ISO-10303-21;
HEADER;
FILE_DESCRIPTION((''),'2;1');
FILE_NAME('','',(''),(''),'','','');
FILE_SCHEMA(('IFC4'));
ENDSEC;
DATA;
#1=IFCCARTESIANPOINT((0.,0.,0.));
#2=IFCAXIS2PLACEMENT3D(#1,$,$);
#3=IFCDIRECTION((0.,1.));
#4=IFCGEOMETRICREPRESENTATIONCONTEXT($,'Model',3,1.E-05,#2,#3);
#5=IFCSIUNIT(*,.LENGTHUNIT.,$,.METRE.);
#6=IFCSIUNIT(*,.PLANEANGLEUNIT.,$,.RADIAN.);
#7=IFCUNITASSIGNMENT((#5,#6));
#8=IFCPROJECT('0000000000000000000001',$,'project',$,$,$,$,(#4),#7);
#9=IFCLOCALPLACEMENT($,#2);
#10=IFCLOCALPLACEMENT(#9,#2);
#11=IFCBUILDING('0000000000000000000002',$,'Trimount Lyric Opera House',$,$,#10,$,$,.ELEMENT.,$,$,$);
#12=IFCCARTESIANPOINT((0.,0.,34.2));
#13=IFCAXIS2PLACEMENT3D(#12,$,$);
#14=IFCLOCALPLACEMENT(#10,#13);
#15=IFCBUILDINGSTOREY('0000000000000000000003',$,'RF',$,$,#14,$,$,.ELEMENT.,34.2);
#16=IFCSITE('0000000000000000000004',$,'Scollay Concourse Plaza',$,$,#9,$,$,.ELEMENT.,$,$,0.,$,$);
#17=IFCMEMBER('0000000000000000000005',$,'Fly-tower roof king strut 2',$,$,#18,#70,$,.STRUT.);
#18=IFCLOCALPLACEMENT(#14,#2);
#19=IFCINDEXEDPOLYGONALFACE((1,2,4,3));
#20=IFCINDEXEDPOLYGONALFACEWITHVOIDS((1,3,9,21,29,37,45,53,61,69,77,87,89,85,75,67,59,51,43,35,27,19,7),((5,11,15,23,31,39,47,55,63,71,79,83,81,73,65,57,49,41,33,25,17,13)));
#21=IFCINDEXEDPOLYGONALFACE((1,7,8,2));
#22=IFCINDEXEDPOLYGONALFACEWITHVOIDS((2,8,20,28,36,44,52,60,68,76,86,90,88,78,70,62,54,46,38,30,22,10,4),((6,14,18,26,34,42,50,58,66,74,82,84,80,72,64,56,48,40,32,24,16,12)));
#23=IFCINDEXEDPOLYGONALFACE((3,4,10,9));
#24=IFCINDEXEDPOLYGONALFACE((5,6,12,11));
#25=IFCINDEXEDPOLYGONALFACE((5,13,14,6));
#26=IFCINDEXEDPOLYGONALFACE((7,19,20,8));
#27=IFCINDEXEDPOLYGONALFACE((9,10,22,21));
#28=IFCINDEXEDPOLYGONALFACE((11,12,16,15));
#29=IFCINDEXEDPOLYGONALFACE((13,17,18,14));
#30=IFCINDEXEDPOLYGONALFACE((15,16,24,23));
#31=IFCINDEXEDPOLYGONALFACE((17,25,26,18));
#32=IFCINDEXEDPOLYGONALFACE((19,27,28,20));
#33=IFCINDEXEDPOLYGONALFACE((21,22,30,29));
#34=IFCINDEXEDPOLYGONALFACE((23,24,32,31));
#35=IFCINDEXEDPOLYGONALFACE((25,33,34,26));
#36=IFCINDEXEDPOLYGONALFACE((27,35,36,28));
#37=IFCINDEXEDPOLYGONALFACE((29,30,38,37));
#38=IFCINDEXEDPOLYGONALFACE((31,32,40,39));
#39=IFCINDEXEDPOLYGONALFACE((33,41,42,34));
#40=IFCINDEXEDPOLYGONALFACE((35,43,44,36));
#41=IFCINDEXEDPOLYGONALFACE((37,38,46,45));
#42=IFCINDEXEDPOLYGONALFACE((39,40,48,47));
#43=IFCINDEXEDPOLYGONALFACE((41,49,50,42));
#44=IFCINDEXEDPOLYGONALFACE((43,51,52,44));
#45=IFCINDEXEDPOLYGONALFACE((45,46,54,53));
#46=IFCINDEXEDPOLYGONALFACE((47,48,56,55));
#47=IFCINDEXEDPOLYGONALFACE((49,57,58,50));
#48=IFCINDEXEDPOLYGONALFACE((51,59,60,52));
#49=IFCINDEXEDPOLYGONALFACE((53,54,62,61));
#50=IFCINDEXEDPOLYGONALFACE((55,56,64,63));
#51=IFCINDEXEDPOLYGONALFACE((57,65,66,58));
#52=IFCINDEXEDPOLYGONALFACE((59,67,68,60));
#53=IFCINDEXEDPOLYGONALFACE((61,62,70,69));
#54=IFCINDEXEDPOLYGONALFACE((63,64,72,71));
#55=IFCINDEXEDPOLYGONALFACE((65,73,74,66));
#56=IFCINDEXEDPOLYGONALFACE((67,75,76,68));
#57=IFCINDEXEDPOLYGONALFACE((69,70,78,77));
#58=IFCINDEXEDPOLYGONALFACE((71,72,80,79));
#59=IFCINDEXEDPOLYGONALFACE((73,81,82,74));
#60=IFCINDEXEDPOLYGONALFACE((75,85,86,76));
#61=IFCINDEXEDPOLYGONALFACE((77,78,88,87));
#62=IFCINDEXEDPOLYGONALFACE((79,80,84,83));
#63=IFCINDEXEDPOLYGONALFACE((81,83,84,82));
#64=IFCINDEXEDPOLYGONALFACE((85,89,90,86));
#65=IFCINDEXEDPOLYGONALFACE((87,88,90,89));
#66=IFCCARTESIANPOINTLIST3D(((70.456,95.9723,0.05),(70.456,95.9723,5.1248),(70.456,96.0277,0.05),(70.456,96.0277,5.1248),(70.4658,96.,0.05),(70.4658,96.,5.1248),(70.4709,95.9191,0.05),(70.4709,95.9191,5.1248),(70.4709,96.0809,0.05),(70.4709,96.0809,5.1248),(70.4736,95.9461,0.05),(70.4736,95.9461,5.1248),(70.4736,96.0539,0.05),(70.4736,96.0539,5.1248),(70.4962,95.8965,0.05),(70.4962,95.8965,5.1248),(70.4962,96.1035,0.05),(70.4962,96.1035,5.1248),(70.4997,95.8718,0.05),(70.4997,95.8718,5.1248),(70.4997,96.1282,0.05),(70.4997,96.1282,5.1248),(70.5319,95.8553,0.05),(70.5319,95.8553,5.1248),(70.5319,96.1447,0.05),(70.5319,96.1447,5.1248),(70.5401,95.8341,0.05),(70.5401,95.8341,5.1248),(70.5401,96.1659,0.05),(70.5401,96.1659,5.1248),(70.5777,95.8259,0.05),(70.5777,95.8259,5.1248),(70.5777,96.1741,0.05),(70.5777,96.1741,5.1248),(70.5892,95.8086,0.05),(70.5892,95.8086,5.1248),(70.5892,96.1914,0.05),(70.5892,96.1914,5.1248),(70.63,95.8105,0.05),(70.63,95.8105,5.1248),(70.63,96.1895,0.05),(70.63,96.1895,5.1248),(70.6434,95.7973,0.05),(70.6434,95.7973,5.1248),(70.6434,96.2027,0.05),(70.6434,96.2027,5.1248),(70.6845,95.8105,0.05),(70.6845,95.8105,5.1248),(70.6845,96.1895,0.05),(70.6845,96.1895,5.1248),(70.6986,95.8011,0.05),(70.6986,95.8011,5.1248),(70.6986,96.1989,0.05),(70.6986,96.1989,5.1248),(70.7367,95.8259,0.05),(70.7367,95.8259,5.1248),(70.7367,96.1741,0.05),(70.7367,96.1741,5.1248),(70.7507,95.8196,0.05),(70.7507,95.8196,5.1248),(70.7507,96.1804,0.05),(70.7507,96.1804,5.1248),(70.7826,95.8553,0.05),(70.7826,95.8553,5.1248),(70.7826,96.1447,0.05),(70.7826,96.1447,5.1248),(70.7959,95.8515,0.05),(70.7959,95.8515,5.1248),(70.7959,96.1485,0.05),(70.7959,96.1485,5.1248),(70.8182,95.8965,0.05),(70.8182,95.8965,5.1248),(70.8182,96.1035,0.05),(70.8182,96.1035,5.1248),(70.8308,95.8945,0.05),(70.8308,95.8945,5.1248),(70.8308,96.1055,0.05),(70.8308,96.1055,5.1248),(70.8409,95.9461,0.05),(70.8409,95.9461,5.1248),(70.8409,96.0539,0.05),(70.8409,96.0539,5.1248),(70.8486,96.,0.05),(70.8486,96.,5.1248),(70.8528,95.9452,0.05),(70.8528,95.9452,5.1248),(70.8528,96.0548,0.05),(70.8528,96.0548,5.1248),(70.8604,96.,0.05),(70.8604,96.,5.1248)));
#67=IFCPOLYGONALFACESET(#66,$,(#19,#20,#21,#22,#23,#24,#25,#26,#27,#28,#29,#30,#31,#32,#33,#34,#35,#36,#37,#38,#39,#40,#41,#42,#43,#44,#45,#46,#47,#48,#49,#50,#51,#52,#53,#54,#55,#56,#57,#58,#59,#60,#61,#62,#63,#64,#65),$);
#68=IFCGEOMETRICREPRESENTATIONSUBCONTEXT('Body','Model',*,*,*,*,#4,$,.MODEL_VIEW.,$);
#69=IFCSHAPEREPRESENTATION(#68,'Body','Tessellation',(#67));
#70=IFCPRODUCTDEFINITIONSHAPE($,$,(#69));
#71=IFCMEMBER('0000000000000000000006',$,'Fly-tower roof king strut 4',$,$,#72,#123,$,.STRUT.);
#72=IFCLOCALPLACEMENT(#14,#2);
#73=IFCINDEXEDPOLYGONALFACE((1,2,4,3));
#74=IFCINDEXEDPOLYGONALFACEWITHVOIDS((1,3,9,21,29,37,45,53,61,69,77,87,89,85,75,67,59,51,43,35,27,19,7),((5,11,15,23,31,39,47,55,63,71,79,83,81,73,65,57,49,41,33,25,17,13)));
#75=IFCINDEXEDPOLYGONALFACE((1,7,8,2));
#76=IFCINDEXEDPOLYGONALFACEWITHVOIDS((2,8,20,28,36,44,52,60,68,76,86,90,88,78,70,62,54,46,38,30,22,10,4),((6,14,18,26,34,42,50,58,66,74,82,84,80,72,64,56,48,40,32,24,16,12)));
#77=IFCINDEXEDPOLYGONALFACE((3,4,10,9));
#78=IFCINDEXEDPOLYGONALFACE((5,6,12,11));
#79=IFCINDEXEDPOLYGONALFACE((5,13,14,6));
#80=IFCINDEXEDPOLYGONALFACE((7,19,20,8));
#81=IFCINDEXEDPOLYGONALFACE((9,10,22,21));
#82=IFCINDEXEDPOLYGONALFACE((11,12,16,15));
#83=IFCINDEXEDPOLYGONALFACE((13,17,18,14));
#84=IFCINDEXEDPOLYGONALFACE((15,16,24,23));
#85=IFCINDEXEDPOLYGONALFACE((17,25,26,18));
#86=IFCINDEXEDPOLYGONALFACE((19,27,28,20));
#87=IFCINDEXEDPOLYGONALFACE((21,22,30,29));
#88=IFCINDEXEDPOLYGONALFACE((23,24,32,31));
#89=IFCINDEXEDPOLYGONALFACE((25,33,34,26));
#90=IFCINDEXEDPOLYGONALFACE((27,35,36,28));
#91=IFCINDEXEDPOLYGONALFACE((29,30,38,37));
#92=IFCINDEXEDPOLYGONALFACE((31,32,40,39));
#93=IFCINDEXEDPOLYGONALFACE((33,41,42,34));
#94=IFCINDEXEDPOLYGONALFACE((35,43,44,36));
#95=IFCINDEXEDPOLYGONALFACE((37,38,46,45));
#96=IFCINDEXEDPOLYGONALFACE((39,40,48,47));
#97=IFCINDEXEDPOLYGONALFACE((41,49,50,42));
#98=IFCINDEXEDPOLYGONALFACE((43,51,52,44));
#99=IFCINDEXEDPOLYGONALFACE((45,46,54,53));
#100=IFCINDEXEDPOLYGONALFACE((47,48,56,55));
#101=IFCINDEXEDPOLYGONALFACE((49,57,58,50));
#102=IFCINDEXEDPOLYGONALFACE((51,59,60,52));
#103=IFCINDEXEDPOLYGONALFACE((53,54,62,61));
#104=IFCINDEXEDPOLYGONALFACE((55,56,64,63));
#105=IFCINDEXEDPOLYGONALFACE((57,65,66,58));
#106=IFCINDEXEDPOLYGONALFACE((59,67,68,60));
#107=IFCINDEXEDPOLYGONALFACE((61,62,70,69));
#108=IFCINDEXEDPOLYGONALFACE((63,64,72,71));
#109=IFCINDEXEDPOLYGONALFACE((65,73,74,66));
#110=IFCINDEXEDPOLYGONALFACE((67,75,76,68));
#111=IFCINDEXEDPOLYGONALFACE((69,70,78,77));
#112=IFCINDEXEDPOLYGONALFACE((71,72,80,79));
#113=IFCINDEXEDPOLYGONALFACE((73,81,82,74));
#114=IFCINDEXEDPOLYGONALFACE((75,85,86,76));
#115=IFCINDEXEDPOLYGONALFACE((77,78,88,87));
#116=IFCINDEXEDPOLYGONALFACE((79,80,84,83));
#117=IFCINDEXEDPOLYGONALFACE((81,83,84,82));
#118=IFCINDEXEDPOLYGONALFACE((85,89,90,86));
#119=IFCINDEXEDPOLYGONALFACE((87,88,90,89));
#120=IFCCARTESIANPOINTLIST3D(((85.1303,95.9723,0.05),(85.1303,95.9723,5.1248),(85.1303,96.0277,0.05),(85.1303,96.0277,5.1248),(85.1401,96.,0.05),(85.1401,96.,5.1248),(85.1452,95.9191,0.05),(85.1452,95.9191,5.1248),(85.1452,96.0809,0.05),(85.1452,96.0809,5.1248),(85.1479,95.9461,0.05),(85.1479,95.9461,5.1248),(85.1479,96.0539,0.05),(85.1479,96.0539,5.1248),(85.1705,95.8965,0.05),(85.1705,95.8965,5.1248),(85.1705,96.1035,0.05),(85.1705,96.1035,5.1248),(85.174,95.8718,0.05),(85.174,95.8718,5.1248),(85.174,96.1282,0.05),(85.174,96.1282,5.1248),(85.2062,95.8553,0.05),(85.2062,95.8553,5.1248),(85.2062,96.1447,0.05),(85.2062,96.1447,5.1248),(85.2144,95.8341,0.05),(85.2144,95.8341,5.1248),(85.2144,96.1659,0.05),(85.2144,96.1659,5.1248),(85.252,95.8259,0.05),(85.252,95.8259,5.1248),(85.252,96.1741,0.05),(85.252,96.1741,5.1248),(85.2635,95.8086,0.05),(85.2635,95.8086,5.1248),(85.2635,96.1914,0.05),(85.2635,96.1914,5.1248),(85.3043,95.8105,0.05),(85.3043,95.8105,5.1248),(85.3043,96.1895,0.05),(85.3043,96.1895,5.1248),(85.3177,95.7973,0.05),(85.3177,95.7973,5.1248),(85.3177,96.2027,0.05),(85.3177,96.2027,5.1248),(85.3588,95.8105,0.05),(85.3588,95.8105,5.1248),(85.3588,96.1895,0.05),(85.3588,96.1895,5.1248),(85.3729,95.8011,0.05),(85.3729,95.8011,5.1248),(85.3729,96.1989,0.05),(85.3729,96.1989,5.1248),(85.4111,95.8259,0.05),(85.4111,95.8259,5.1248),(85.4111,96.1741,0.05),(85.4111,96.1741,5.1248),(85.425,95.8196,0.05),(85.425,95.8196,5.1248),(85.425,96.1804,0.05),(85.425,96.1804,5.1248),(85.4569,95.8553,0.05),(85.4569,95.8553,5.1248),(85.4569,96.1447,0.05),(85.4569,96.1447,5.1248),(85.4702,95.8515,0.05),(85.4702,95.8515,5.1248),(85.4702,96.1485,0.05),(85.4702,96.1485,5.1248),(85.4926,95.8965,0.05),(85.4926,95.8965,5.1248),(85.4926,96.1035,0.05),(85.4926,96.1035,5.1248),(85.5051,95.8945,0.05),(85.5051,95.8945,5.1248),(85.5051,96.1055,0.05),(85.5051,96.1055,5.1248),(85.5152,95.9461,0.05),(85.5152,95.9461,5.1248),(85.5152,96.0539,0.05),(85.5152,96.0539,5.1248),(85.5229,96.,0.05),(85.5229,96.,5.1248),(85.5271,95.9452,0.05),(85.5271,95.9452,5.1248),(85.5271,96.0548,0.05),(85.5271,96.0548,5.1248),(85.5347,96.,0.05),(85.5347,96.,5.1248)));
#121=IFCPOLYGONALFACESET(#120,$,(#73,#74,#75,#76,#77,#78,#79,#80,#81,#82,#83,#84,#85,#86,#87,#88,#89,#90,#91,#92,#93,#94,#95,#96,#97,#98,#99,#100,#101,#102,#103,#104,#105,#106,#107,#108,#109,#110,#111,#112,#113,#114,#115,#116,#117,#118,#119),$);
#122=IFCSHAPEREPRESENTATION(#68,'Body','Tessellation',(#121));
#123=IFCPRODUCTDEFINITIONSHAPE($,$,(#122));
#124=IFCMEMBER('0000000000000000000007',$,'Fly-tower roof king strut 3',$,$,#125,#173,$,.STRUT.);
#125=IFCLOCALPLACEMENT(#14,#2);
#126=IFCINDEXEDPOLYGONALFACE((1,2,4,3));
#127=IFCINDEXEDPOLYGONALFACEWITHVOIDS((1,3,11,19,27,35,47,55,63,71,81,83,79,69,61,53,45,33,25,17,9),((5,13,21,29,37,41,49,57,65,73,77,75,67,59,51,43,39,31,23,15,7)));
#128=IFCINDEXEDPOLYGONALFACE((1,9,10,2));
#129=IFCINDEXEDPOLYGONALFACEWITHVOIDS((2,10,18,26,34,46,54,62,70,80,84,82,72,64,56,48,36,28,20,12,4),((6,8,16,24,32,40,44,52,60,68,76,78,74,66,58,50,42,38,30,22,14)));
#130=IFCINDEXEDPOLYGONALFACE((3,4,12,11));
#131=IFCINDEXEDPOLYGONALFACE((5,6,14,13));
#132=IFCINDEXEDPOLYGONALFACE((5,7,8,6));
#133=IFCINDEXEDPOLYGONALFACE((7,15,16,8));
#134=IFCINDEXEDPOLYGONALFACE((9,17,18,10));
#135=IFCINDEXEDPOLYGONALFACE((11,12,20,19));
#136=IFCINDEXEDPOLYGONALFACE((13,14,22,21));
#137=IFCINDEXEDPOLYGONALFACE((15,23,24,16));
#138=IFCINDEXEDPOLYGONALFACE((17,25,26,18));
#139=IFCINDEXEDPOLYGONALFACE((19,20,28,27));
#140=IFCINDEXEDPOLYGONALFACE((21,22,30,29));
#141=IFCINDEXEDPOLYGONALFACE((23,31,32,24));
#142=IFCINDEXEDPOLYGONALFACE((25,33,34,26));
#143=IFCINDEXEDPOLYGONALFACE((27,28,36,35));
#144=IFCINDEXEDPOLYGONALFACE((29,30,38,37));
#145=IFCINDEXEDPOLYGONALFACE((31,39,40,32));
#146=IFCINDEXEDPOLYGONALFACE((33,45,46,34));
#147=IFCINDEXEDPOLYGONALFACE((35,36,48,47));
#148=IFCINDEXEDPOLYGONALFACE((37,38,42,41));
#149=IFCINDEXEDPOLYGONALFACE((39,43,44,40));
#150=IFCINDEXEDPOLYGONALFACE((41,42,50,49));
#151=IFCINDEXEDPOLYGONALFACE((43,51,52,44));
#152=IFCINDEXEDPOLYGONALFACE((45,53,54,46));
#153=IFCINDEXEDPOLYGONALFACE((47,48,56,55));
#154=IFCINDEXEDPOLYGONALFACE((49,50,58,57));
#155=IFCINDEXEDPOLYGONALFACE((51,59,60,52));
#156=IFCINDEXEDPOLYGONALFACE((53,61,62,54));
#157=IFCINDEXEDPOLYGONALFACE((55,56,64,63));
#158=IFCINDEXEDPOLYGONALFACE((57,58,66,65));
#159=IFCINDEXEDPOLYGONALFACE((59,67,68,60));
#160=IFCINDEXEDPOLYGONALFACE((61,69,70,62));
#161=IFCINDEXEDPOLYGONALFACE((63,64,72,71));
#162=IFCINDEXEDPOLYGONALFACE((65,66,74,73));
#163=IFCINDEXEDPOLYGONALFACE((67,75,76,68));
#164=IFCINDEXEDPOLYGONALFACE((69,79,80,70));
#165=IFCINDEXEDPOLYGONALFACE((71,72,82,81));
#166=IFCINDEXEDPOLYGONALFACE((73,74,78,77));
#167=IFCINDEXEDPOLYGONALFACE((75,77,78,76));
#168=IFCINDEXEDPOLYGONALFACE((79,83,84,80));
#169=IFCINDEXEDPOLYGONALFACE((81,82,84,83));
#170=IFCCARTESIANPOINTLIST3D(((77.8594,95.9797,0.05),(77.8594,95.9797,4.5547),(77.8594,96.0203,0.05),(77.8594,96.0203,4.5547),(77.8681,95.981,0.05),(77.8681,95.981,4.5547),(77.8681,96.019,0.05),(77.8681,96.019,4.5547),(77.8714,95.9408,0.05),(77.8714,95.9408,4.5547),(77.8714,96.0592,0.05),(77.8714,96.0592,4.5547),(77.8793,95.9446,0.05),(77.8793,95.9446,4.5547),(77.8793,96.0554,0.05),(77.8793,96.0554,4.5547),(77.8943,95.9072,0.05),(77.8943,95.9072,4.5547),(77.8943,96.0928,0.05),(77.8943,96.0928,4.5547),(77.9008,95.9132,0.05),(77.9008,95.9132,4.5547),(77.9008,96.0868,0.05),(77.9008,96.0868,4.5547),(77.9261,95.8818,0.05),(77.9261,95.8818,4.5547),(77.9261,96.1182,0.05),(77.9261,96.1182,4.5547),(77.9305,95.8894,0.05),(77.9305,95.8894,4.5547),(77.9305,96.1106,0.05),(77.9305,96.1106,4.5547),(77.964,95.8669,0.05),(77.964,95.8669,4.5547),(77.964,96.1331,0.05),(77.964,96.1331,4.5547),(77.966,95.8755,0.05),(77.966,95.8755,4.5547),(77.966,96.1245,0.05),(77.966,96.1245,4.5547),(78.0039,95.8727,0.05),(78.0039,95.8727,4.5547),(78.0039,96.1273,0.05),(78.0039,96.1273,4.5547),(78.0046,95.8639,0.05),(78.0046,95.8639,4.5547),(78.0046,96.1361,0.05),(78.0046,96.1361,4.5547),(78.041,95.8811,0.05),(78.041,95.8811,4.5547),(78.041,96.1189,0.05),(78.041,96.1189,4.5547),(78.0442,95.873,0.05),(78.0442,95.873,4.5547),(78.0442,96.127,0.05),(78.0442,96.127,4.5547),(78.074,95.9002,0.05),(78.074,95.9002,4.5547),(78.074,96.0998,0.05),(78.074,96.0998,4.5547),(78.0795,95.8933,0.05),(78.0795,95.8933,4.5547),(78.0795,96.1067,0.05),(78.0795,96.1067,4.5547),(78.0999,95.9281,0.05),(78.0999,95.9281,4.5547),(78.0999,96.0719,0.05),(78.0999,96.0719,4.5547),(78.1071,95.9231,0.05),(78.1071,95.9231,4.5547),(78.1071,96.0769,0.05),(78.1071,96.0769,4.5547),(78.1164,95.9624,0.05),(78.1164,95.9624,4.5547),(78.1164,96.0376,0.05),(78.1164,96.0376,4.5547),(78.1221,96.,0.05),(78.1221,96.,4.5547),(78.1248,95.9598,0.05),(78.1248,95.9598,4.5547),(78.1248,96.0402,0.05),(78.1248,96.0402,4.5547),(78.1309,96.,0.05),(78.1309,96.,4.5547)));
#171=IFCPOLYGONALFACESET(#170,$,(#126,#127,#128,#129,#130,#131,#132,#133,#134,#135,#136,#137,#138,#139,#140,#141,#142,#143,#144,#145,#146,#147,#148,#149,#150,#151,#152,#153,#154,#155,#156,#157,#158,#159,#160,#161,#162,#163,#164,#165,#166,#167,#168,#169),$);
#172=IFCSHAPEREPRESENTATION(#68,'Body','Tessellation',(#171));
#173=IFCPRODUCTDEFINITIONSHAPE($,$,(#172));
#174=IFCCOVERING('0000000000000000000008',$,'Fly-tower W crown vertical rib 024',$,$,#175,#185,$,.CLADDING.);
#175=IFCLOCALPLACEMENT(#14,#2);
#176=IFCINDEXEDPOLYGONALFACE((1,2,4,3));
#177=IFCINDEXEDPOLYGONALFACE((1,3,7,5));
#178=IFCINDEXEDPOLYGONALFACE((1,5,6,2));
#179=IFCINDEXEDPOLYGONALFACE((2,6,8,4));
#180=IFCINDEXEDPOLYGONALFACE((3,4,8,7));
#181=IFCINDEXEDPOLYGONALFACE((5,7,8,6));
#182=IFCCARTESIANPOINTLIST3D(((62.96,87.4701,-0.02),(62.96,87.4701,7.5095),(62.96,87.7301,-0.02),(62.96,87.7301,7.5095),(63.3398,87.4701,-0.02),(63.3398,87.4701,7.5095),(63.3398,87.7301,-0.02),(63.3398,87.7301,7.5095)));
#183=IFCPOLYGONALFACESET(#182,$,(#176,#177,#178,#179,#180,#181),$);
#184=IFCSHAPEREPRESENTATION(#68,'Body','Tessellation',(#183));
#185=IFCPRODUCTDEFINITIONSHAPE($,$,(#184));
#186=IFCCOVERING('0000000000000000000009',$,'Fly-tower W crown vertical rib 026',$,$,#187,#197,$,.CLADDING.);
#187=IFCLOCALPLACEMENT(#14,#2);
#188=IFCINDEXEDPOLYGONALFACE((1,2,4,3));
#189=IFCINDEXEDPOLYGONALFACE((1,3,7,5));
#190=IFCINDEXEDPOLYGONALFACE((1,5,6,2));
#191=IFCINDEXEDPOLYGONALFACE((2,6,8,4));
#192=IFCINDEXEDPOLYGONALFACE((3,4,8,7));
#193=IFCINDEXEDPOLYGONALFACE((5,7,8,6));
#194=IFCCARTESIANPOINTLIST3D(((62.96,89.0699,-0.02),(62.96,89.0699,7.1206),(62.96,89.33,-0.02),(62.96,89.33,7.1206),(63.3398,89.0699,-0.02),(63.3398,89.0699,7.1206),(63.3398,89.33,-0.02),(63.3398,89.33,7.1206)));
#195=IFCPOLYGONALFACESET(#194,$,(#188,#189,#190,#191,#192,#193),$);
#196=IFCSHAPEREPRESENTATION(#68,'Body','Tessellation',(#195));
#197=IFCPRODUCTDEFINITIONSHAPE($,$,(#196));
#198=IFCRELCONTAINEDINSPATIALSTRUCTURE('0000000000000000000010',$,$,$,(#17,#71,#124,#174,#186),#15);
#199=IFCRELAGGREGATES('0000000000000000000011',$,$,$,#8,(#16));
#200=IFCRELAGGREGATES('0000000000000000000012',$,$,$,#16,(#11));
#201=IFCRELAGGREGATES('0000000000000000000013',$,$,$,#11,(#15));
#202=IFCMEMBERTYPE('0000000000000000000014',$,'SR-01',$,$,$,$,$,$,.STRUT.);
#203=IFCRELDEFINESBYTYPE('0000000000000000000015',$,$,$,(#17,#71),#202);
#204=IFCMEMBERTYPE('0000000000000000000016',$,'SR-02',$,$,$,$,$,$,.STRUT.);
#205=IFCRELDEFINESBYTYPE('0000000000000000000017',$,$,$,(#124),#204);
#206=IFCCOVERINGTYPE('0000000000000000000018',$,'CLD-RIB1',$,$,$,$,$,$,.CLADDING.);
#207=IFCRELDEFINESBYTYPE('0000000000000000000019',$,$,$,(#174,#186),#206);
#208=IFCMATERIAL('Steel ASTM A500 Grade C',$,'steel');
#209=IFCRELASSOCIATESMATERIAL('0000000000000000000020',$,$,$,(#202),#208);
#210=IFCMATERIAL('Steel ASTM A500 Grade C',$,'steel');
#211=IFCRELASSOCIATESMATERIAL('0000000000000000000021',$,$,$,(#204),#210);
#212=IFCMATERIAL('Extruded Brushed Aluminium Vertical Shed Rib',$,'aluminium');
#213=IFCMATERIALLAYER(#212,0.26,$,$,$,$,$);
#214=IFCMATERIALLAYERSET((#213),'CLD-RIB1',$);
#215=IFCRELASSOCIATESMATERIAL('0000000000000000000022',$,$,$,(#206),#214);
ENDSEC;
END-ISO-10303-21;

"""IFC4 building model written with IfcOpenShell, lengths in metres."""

from ifc_helpers import new_model, si_unit, direction, frame, origin, origin_2d, place, context, subcontext, project, spatial, rectangle, hollow_circle, extrude, material, layer, layer_set, material_profile, profile_set, type_object, element, save


model = new_model("IFC4")

# Units and contexts
model_context = context("Model", 3, precision=1e-05, world=origin(), true_north=direction((0.0, 1.0)))
body_context = subcontext(model_context, "Body", "Model", "MODEL_VIEW")
ifc_project = project(units=[si_unit("LENGTHUNIT", "METRE"), si_unit("PLANEANGLEUNIT", "RADIAN")], contexts=[model_context])

# Site, building, storey
site_placement = place(None, origin())
site = spatial("IfcSite", under=ifc_project, at=site_placement, Name="Scollay Concourse Plaza", CompositionType="ELEMENT", RefElevation=0.0)
building_placement = place(site_placement, origin())
building = spatial("IfcBuilding", under=site, at=building_placement, Name="Trimount Lyric Opera House", CompositionType="ELEMENT")
storey_placement = place(building_placement, frame((0.0, 0.0, 34.2)))
storey = spatial("IfcBuildingStorey", under=building, at=storey_placement, Name="RF", CompositionType="ELEMENT", Elevation=34.2)

# Members
ifc_material_1 = material(Name="Steel ASTM A500 Grade C", Category="steel")
ifc_material_profile_1 = material_profile(ifc_material_1, hollow_circle(Radius=0.2031, WallThickness=0.0117, at=origin_2d()), Name="HSS406.4X12.7")
ifc_profile_set_1 = profile_set([ifc_material_profile_1], Name="Steel ASTM A500 Grade C")
member_type_1 = type_object("IfcMemberType", Name="SR-01", PredefinedType="STRUT", material=ifc_profile_set_1)
for number, where, z_axis, x_axis, name in (
    (1, (70.6572, 96.0, 0.05), (0.0, 0.0, 1.0), (1.0, 0.0, 0.0), "Fly-tower roof king strut 2"),
    (2, (85.3315, 96.0, 0.05), (0.0, 0.0, 1.0), (1.0, 0.0, 0.0), "Fly-tower roof king strut 4"),
):
    element("IfcMember", number, at=place(storey_placement, frame(where, z_axis=z_axis, x_axis=x_axis)), inside=storey, type_object=member_type_1, Name=name, PredefinedType="STRUT", context=body_context, shape_type="SweptSolid", body=[
        extrude(hollow_circle(Radius=0.2031, WallThickness=0.0117, at=origin_2d()), origin(), (0.0, 0.0, 1.0), 5.0747),
    ])
ifc_material_2 = material(Name="Steel ASTM A500 Grade C", Category="steel")
ifc_material_profile_2 = material_profile(ifc_material_2, hollow_circle(Radius=0.1365, WallThickness=0.0088, at=origin_2d()), Name="HSS273.1X9.5")
ifc_profile_set_2 = profile_set([ifc_material_profile_2], Name="Steel ASTM A500 Grade C")
member_type_2 = type_object("IfcMemberType", Name="SR-02", PredefinedType="STRUT", material=ifc_profile_set_2)
member_1_placement = place(storey_placement, frame((77.9944, 96.0, 0.05), z_axis=(0.0, 0.0, 1.0), x_axis=(1.0, 0.0, 0.0)))
element("IfcMember", 3, at=member_1_placement, inside=storey, type_object=member_type_2, Name="Fly-tower roof king strut 3", PredefinedType="STRUT", context=body_context, shape_type="SweptSolid", body=[
    extrude(hollow_circle(Radius=0.1365, WallThickness=0.0088, at=origin_2d()), origin(), (0.0, 0.0, 1.0), 4.5046),
])

# Coverings
ifc_material_3 = material(Name="Extruded Brushed Aluminium Vertical Shed Rib", Category="aluminium")
ifc_layer_1 = layer(ifc_material_3, 0.26)
ifc_layer_set_1 = layer_set([ifc_layer_1], Name="CLD-RIB1")
covering_type_1 = type_object("IfcCoveringType", Name="CLD-RIB1", PredefinedType="CLADDING", material=ifc_layer_set_1)
covering_1_placement = place(storey_placement, frame((63.1499, 87.6001, -0.02), z_axis=(0.0, 0.0, 1.0), x_axis=(1.0, 0.0, 0.0)))
element("IfcCovering", 4, at=covering_1_placement, inside=storey, type_object=covering_type_1, Name="Fly-tower W crown vertical rib 024", PredefinedType="CLADDING", context=body_context, shape_type="SweptSolid", body=[
    extrude(rectangle(XDim=0.3799, YDim=0.26, at=origin_2d()), origin(), (0.0, 0.0, 1.0), 7.5295),
])
covering_2_placement = place(storey_placement, frame((63.1499, 89.2, -0.02), z_axis=(0.0, 0.0, 1.0), x_axis=(1.0, 0.0, 0.0)))
element("IfcCovering", 5, at=covering_2_placement, inside=storey, type_object=covering_type_1, Name="Fly-tower W crown vertical rib 026", PredefinedType="CLADDING", context=body_context, shape_type="SweptSolid", body=[
    extrude(rectangle(XDim=0.3799, YDim=0.26, at=origin_2d()), origin(), (0.0, 0.0, 1.0), 7.1406),
])

save(model, "model.ifc")
